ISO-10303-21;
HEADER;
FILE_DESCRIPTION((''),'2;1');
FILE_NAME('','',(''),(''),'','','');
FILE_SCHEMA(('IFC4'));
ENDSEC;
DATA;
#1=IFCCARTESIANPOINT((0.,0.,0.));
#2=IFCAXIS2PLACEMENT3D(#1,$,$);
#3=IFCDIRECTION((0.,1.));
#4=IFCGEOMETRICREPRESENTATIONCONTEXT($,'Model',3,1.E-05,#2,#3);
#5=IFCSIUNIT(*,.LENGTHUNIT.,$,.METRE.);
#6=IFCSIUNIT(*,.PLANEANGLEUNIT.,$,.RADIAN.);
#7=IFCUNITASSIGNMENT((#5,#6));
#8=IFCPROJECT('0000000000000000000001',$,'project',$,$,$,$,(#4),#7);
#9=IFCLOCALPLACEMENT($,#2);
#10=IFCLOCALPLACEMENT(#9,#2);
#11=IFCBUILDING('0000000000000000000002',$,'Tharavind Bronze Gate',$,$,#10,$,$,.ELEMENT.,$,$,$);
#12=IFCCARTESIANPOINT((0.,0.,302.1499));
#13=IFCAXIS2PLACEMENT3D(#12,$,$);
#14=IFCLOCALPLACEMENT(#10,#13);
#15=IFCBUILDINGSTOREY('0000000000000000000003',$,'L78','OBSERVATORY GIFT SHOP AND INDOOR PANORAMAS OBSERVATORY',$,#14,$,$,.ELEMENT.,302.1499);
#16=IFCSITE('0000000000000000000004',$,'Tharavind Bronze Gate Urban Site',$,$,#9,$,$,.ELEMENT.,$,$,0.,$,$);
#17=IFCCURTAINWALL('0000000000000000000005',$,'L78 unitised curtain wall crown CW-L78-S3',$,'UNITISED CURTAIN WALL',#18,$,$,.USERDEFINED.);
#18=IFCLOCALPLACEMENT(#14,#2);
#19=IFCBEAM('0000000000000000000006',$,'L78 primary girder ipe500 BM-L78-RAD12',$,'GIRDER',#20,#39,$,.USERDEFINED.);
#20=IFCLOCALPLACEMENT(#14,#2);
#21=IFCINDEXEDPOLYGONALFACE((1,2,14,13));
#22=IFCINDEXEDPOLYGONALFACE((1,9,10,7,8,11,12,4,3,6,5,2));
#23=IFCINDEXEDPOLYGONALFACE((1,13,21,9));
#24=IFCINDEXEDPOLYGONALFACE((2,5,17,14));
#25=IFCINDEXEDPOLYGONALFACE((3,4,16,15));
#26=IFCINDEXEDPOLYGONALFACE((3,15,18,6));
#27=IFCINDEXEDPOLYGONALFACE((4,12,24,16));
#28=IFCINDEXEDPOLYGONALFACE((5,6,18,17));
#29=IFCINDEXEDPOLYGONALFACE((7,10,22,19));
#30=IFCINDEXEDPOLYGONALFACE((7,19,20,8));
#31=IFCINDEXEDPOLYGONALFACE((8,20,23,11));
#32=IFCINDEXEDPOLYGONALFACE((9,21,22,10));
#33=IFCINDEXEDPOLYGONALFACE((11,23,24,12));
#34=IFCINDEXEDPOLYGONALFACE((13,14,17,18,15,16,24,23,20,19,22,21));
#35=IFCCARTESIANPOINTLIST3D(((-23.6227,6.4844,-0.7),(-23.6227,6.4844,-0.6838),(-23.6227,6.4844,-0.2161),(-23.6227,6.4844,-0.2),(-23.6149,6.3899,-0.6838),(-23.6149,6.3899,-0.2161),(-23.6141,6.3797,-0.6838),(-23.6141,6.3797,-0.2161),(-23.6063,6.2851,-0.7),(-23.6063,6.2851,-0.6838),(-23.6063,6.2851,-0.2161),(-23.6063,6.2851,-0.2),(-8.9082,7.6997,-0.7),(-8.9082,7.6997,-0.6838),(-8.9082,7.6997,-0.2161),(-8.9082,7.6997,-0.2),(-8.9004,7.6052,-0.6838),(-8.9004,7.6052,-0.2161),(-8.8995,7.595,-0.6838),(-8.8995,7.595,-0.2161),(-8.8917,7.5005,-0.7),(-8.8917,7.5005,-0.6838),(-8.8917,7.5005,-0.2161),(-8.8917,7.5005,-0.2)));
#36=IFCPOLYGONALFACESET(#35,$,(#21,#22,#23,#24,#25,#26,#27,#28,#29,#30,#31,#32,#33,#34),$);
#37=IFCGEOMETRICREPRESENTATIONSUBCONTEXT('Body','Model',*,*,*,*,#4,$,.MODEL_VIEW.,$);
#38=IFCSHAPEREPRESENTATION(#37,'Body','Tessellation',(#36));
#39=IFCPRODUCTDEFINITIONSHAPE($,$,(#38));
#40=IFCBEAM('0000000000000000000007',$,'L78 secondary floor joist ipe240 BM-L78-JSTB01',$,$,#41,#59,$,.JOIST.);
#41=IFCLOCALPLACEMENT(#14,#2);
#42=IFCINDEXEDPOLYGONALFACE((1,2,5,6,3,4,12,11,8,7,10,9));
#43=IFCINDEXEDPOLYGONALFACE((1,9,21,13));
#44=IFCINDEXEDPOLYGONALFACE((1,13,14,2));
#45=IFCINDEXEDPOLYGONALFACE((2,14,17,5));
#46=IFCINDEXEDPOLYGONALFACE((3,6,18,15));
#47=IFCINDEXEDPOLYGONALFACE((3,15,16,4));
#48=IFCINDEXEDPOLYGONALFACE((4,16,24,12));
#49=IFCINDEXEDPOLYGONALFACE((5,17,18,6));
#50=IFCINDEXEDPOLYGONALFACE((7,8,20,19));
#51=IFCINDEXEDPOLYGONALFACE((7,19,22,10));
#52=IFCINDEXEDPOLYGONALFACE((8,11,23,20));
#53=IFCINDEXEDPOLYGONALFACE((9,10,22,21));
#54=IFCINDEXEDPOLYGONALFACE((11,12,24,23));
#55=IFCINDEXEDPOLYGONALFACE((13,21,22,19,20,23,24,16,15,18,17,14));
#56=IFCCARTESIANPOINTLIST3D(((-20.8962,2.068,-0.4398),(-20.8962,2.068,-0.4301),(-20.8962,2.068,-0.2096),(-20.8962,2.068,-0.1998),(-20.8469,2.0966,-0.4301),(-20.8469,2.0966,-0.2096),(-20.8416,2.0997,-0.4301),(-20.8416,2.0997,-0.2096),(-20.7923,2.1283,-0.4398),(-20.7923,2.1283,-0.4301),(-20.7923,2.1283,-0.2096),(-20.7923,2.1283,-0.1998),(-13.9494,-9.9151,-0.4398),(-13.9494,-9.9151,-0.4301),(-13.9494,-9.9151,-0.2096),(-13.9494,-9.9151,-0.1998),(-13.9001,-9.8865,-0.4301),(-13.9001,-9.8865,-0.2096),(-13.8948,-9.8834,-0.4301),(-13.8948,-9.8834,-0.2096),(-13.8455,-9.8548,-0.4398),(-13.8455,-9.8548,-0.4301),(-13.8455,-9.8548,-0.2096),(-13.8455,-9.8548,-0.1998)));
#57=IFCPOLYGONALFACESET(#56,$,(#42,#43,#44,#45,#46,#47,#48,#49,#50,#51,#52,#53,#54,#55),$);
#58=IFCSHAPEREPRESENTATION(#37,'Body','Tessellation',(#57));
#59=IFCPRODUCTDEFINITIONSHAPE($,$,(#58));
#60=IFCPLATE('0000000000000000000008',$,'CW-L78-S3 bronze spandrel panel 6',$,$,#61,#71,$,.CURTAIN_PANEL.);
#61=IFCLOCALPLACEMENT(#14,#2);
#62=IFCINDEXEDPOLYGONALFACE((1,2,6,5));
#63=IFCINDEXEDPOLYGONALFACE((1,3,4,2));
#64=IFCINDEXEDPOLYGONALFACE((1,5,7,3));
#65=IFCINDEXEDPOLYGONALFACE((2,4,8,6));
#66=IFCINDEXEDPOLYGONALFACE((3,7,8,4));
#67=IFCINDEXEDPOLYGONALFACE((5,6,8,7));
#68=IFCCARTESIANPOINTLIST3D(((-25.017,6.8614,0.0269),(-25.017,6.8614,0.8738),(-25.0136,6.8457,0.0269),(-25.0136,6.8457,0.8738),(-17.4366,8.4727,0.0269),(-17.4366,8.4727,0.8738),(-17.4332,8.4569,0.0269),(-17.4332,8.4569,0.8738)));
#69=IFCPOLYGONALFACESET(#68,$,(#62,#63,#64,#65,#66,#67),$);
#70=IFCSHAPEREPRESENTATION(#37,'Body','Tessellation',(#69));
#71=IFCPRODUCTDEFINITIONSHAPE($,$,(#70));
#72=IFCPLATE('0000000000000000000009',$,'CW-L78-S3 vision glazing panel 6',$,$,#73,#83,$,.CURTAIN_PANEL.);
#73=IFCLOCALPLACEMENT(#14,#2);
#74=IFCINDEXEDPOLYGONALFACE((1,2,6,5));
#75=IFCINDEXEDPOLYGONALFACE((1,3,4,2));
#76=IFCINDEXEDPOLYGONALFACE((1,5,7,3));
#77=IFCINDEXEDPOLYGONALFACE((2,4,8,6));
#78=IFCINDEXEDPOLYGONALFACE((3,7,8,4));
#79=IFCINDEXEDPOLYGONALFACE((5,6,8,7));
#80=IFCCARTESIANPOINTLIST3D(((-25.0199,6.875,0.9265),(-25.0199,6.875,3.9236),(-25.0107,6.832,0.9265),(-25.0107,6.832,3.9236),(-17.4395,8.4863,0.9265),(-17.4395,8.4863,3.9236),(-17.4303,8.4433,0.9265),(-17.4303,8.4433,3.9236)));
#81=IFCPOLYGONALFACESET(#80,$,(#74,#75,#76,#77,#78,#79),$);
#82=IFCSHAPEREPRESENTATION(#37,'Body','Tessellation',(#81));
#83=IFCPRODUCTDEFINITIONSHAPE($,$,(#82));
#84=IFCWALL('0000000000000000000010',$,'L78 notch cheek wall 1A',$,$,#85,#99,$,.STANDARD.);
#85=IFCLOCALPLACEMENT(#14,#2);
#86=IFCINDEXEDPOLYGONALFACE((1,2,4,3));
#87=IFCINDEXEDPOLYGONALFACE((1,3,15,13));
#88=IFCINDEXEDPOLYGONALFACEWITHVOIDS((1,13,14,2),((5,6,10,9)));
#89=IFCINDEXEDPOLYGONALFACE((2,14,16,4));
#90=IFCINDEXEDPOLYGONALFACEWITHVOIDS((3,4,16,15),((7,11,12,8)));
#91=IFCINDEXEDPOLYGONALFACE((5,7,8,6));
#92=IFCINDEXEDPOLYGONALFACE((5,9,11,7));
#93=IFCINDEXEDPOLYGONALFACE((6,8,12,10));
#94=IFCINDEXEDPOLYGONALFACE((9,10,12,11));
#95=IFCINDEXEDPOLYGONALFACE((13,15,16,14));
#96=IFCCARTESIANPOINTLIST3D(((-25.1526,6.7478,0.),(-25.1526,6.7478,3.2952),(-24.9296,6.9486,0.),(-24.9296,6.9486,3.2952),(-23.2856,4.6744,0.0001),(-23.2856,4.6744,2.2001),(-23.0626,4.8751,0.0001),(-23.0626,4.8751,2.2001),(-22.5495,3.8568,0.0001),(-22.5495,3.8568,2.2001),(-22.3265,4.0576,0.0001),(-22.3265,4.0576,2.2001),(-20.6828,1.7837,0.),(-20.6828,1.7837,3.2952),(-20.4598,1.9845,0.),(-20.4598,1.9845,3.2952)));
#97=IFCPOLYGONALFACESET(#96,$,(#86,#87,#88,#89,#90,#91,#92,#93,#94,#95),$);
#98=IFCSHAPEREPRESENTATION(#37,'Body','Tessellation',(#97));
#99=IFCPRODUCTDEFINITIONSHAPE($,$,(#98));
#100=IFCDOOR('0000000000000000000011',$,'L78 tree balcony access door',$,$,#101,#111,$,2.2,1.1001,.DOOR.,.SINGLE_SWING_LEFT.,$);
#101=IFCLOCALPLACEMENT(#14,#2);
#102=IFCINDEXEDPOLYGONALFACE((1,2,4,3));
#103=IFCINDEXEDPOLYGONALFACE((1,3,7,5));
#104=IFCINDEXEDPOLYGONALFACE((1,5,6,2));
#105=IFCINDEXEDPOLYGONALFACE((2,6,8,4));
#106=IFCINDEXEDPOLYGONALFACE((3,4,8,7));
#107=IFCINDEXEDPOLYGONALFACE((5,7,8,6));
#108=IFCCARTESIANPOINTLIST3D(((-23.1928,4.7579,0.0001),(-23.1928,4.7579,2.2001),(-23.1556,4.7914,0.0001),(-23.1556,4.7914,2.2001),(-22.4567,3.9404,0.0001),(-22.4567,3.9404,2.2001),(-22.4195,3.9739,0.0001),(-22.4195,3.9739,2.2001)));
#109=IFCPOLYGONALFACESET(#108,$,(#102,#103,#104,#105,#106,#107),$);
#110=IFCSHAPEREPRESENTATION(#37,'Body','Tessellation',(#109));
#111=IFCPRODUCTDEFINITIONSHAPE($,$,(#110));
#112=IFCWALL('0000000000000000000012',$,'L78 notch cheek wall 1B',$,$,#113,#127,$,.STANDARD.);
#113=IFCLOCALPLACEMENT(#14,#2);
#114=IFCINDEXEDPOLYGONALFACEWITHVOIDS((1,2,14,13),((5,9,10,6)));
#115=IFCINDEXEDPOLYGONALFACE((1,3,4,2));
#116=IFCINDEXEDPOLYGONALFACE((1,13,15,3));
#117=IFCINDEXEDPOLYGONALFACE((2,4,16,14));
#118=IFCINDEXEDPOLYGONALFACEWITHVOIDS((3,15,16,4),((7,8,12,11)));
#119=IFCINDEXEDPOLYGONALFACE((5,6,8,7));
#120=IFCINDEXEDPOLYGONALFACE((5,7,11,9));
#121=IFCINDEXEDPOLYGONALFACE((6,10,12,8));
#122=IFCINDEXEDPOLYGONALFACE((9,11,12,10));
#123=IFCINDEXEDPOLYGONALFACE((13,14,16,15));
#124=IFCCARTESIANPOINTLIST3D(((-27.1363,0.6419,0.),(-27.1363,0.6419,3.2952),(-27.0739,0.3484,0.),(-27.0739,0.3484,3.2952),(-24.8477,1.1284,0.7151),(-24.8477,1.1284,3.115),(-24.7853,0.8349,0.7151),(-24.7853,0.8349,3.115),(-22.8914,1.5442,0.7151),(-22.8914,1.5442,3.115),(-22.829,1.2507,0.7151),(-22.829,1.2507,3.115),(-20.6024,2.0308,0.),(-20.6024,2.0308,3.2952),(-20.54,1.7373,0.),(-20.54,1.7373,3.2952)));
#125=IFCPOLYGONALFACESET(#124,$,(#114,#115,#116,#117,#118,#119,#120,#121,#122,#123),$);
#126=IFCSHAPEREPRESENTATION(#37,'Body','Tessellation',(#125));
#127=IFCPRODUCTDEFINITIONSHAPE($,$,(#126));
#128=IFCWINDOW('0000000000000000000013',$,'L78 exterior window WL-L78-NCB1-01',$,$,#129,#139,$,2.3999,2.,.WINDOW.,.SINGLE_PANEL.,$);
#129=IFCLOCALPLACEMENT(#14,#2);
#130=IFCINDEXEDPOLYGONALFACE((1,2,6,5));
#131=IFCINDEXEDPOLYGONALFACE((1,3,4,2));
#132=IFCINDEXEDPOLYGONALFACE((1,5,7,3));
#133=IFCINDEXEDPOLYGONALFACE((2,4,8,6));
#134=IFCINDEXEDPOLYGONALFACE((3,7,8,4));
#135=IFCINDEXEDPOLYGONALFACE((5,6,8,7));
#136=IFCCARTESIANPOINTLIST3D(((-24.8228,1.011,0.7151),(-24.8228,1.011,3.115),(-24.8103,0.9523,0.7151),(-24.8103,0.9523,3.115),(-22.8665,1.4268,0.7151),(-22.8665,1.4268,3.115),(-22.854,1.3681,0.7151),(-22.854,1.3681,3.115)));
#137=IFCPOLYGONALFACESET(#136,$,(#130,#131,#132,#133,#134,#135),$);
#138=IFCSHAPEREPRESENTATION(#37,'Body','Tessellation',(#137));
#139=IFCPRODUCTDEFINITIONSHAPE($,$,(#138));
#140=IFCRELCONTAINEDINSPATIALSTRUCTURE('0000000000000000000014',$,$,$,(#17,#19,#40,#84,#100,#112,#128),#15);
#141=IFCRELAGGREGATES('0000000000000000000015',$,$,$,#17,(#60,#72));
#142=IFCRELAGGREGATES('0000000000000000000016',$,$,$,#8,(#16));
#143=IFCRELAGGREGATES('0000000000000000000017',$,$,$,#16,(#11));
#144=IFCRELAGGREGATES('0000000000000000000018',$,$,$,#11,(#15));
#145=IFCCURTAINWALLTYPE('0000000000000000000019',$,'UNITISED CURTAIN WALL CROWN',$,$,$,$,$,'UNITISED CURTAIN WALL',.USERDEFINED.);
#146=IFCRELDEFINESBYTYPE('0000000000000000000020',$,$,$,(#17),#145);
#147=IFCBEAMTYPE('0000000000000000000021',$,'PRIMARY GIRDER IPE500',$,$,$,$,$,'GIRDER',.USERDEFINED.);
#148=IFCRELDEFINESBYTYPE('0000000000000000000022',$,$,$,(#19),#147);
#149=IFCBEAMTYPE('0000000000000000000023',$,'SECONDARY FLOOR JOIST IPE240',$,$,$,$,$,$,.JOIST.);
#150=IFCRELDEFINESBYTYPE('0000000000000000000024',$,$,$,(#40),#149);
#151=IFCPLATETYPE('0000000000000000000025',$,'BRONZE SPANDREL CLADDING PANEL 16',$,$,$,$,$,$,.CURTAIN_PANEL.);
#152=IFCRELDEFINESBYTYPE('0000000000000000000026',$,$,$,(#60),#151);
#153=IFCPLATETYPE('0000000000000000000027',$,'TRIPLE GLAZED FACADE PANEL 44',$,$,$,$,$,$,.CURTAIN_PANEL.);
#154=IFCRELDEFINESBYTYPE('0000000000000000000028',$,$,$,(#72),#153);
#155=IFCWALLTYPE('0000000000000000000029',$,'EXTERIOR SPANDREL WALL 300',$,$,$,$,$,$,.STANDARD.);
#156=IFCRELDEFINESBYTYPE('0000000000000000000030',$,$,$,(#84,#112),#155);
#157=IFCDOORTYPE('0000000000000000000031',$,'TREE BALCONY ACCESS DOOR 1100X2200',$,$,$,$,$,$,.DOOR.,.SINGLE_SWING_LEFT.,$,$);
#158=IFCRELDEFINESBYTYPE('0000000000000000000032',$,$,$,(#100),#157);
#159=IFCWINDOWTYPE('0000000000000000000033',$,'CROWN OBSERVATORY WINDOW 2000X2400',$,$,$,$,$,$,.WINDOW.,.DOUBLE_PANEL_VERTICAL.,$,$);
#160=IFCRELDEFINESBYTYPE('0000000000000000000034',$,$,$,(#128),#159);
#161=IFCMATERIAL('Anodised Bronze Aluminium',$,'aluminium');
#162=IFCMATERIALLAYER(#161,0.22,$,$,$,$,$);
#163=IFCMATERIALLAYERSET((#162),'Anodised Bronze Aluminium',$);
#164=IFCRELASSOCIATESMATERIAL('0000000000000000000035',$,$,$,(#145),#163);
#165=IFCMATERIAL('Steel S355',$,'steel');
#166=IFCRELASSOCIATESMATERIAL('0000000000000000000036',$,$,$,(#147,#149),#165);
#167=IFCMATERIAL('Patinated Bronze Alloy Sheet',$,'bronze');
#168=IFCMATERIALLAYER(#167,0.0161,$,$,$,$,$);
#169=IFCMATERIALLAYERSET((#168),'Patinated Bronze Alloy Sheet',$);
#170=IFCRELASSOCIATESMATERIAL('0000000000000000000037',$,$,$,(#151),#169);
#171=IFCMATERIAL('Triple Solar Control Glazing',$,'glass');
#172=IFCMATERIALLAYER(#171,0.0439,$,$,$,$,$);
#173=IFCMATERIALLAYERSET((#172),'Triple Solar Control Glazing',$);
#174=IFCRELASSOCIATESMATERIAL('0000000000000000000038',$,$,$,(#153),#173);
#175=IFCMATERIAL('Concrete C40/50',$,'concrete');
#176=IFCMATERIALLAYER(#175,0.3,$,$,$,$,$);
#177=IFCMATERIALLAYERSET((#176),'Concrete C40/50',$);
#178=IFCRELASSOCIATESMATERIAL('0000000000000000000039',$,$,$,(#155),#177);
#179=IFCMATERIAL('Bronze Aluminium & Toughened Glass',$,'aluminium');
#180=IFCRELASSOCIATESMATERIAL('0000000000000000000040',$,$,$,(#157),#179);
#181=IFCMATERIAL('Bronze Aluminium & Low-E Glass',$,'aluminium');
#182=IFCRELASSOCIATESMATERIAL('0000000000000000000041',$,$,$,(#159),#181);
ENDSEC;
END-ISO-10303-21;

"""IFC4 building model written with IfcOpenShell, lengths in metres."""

from ifc_helpers import new_model, si_unit, direction, frame, frame_2d, origin, origin_2d, place, context, subcontext, project, spatial, rectangle, i_section, extrude, material, layer, layer_set, material_profile, profile_set, type_object, element, fill, aggregate, save


model = new_model("IFC4")

# Units and contexts
model_context = context("Model", 3, precision=1e-05, world=origin(), true_north=direction((0.0, 1.0)))
body_context = subcontext(model_context, "Body", "Model", "MODEL_VIEW")
ifc_project = project(units=[si_unit("LENGTHUNIT", "METRE"), si_unit("PLANEANGLEUNIT", "RADIAN")], contexts=[model_context])

# Site, building, storey
site_placement = place(None, origin())
site = spatial("IfcSite", under=ifc_project, at=site_placement, Name="Tharavind Bronze Gate Urban Site", CompositionType="ELEMENT", RefElevation=0.0)
building_placement = place(site_placement, origin())
building = spatial("IfcBuilding", under=site, at=building_placement, Name="Tharavind Bronze Gate", CompositionType="ELEMENT")
storey_placement = place(building_placement, frame((0.0, 0.0, 302.1499)))
storey = spatial("IfcBuildingStorey", under=building, at=storey_placement, Name="L78", Description="OBSERVATORY GIFT SHOP AND INDOOR PANORAMAS OBSERVATORY", CompositionType="ELEMENT", Elevation=302.1499)

# Shared definitions
ifc_material_1 = material(Name="Anodised Bronze Aluminium", Category="aluminium")
ifc_layer_1 = layer(ifc_material_1, 0.22)
ifc_layer_set_1 = layer_set([ifc_layer_1], Name="Anodised Bronze Aluminium")
curtain_wall_type = type_object("IfcCurtainWallType", Name="UNITISED CURTAIN WALL CROWN", ElementType="UNITISED CURTAIN WALL", PredefinedType="USERDEFINED", material=ifc_layer_set_1)

# Curtain wall
curtain_wall_1_placement = place(storey_placement, origin())
curtain_wall_1 = element("IfcCurtainWall", 1, at=curtain_wall_1_placement, inside=storey, type_object=curtain_wall_type, Name="L78 unitised curtain wall crown CW-L78-S3", ObjectType="UNITISED CURTAIN WALL", PredefinedType="USERDEFINED")

# Beams
ifc_material_2 = material(Name="Steel S355", Category="steel")
ifc_material_profile_1 = material_profile(ifc_material_2, i_section(OverallWidth=0.2, OverallDepth=0.5, WebThickness=0.0103, FlangeThickness=0.0161, at=origin_2d()), Name="IPE500")
ifc_profile_set_1 = profile_set([ifc_material_profile_1], Name="Steel S355")
beam_type_1 = type_object("IfcBeamType", Name="PRIMARY GIRDER IPE500", ElementType="GIRDER", PredefinedType="USERDEFINED", material=ifc_profile_set_1)
beam_1_placement = place(storey_placement, frame((-23.6145, 6.3848, -0.45), z_axis=(0.996606, 0.082313, 0.0), x_axis=(-0.082313, 0.996606, 0.0)))
element("IfcBeam", 2, at=beam_1_placement, inside=storey, type_object=beam_type_1, Name="L78 primary girder ipe500 BM-L78-RAD12", ObjectType="GIRDER", PredefinedType="USERDEFINED", context=body_context, shape_type="SweptSolid", body=[
    extrude(i_section(OverallWidth=0.2, OverallDepth=0.5, WebThickness=0.0103, FlangeThickness=0.0161, at=origin_2d()), origin(), (0.0, 0.0, 1.0), 14.7646),
])
ifc_material_profile_2 = material_profile(ifc_material_2, i_section(OverallWidth=0.1201, OverallDepth=0.24, WebThickness=0.0061, FlangeThickness=0.0098, at=origin_2d()), Name="IPE240")
ifc_profile_set_2 = profile_set([ifc_material_profile_2], Name="Steel S355")
beam_type_2 = type_object("IfcBeamType", Name="SECONDARY FLOOR JOIST IPE240", PredefinedType="JOIST", material=ifc_profile_set_2)
beam_2_placement = place(storey_placement, frame((-20.8442, 2.0981, -0.3198), z_axis=(0.501532, -0.865139, 0.0), x_axis=(0.865139, 0.501532, 0.0)))
element("IfcBeam", 3, at=beam_2_placement, inside=storey, type_object=beam_type_2, Name="L78 secondary floor joist ipe240 BM-L78-JSTB01", PredefinedType="JOIST", context=body_context, shape_type="SweptSolid", body=[
    extrude(i_section(OverallWidth=0.1201, OverallDepth=0.24, WebThickness=0.0061, FlangeThickness=0.0098, at=origin_2d()), origin(), (0.0, 0.0, 1.0), 13.8511),
])

# Plates
ifc_material_3 = material(Name="Patinated Bronze Alloy Sheet", Category="bronze")
ifc_layer_2 = layer(ifc_material_3, 0.0161)
ifc_layer_set_2 = layer_set([ifc_layer_2], Name="Patinated Bronze Alloy Sheet")
plate_type_1 = type_object("IfcPlateType", Name="BRONZE SPANDREL CLADDING PANEL 16", PredefinedType="CURTAIN_PANEL", material=ifc_layer_set_2)
plate_1_placement = place(storey_placement, frame((-21.2251, 7.6592, 0.0269), z_axis=(0.0, 0.0, 1.0), x_axis=(-0.978147, -0.207913, 0.0)))
plate_1 = element("IfcPlate", 4, at=plate_1_placement, type_object=plate_type_1, Name="CW-L78-S3 bronze spandrel panel 6", PredefinedType="CURTAIN_PANEL", context=body_context, shape_type="SweptSolid", body=[
    extrude(rectangle(XDim=7.7498, YDim=0.0161, at=origin_2d()), origin(), (0.0, 0.0, 1.0), 0.8469),
])
ifc_material_4 = material(Name="Triple Solar Control Glazing", Category="glass")
ifc_layer_3 = layer(ifc_material_4, 0.0439)
ifc_layer_set_3 = layer_set([ifc_layer_3], Name="Triple Solar Control Glazing")
plate_type_2 = type_object("IfcPlateType", Name="TRIPLE GLAZED FACADE PANEL 44", PredefinedType="CURTAIN_PANEL", material=ifc_layer_set_3)
plate_2_placement = place(storey_placement, frame((-21.2251, 7.6592, 0.9265), z_axis=(0.0, 0.0, 1.0), x_axis=(-0.978147, -0.207913, 0.0)))
plate_2 = element("IfcPlate", 5, at=plate_2_placement, type_object=plate_type_2, Name="CW-L78-S3 vision glazing panel 6", PredefinedType="CURTAIN_PANEL", context=body_context, shape_type="SweptSolid", body=[
    extrude(rectangle(XDim=7.7498, YDim=0.0439, at=origin_2d()), origin(), (0.0, 0.0, 1.0), 2.9971),
])
aggregate(curtain_wall_1, [plate_1, plate_2])

# Wall, opening, door
ifc_material_5 = material(Name="Concrete C40/50", Category="concrete")
ifc_layer_4 = layer(ifc_material_5, 0.3)
ifc_layer_set_4 = layer_set([ifc_layer_4], Name="Concrete C40/50")
wall_type = type_object("IfcWallType", Name="EXTERIOR SPANDREL WALL 300", PredefinedType="STANDARD", material=ifc_layer_set_4)
wall_1_placement = place(storey_placement, frame((-25.041, 6.8481, 0.0), z_axis=(0.0, 0.0, 1.0), x_axis=(0.669132, -0.743143, 0.0)))
wall_1 = element("IfcWall", 6, at=wall_1_placement, inside=storey, type_object=wall_type, Name="L78 notch cheek wall 1A", PredefinedType="STANDARD", context=body_context, shape_type="SweptSolid", body=[
    extrude(rectangle(XDim=6.6799, YDim=0.3, at=frame_2d((3.3398, 0.0))), origin(), (0.0, 0.0, 1.0), 3.2952),
])
opening_1_placement = place(wall_1_placement, frame((2.79, 0.0, 0.0)))
opening_1 = element("IfcOpeningElement", 7, at=opening_1_placement, cuts=wall_1, PredefinedType="OPENING", context=body_context, shape_type="SweptSolid", body=[
    extrude(rectangle(XDim=1.1001, YDim=2.2, at=frame_2d((0.55, 1.1001))), frame((0.0, 0.1599, 0.0), z_axis=(0.0, -1.0, 0.0), x_axis=(1.0, 0.0, 0.0)), (0.0, 0.0, 1.0), 0.32),
])
ifc_material_6 = material(Name="Bronze Aluminium & Toughened Glass", Category="aluminium")
door_type = type_object("IfcDoorType", Name="TREE BALCONY ACCESS DOOR 1100X2200", OperationType="SINGLE_SWING_LEFT", PredefinedType="DOOR", material=ifc_material_6)
door_placement = place(opening_1_placement, origin())
door = element("IfcDoor", 8, at=door_placement, inside=storey, type_object=door_type, Name="L78 tree balcony access door", OperationType="SINGLE_SWING_LEFT", OverallHeight=2.2, OverallWidth=1.1001, PredefinedType="DOOR", context=body_context, shape_type="SweptSolid", body=[
    extrude(rectangle(XDim=1.1001, YDim=2.2, at=frame_2d((0.55, 1.1001))), frame((0.0, 0.0249, 0.0), z_axis=(0.0, -1.0, 0.0), x_axis=(1.0, 0.0, 0.0)), (0.0, 0.0, 1.0), 0.05),
])
fill(opening_1, door)

# Wall, opening, window
wall_2_placement = place(storey_placement, frame((-20.5713, 1.884, 0.0), z_axis=(0.0, 0.0, 1.0), x_axis=(-0.978145, -0.207924, 0.0)))
wall_2 = element("IfcWall", 9, at=wall_2_placement, inside=storey, type_object=wall_type, Name="L78 notch cheek wall 1B", PredefinedType="STANDARD", context=body_context, shape_type="SweptSolid", body=[
    extrude(rectangle(XDim=6.6799, YDim=0.3, at=frame_2d((3.3398, 0.0))), origin(), (0.0, 0.0, 1.0), 3.2952),
])
opening_2_placement = place(wall_2_placement, frame((2.3401, 0.0, 0.7151)))
opening_2 = element("IfcOpeningElement", 10, at=opening_2_placement, cuts=wall_2, PredefinedType="OPENING", context=body_context, shape_type="SweptSolid", body=[
    extrude(rectangle(XDim=2.0, YDim=2.3999, at=frame_2d((1.0, 1.2))), frame((0.0, 0.1599, 0.0), z_axis=(0.0, -1.0, 0.0), x_axis=(1.0, 0.0, 0.0)), (0.0, 0.0, 1.0), 0.32),
])
ifc_material_7 = material(Name="Bronze Aluminium & Low-E Glass", Category="aluminium")
window_type = type_object("IfcWindowType", Name="CROWN OBSERVATORY WINDOW 2000X2400", PartitioningType="DOUBLE_PANEL_VERTICAL", PredefinedType="WINDOW", material=ifc_material_7)
window_placement = place(opening_2_placement, origin())
window = element("IfcWindow", 11, at=window_placement, inside=storey, type_object=window_type, Name="L78 exterior window WL-L78-NCB1-01", OverallHeight=2.3999, OverallWidth=2.0, PartitioningType="SINGLE_PANEL", PredefinedType="WINDOW", context=body_context, shape_type="SweptSolid", body=[
    extrude(rectangle(XDim=2.0, YDim=2.3999, at=frame_2d((1.0, 1.2))), frame((0.0, 0.03, 0.0), z_axis=(0.0, -1.0, 0.0), x_axis=(1.0, 0.0, 0.0)), (0.0, 0.0, 1.0), 0.0601),
])
fill(opening_2, window)

save(model, "model.ifc")
